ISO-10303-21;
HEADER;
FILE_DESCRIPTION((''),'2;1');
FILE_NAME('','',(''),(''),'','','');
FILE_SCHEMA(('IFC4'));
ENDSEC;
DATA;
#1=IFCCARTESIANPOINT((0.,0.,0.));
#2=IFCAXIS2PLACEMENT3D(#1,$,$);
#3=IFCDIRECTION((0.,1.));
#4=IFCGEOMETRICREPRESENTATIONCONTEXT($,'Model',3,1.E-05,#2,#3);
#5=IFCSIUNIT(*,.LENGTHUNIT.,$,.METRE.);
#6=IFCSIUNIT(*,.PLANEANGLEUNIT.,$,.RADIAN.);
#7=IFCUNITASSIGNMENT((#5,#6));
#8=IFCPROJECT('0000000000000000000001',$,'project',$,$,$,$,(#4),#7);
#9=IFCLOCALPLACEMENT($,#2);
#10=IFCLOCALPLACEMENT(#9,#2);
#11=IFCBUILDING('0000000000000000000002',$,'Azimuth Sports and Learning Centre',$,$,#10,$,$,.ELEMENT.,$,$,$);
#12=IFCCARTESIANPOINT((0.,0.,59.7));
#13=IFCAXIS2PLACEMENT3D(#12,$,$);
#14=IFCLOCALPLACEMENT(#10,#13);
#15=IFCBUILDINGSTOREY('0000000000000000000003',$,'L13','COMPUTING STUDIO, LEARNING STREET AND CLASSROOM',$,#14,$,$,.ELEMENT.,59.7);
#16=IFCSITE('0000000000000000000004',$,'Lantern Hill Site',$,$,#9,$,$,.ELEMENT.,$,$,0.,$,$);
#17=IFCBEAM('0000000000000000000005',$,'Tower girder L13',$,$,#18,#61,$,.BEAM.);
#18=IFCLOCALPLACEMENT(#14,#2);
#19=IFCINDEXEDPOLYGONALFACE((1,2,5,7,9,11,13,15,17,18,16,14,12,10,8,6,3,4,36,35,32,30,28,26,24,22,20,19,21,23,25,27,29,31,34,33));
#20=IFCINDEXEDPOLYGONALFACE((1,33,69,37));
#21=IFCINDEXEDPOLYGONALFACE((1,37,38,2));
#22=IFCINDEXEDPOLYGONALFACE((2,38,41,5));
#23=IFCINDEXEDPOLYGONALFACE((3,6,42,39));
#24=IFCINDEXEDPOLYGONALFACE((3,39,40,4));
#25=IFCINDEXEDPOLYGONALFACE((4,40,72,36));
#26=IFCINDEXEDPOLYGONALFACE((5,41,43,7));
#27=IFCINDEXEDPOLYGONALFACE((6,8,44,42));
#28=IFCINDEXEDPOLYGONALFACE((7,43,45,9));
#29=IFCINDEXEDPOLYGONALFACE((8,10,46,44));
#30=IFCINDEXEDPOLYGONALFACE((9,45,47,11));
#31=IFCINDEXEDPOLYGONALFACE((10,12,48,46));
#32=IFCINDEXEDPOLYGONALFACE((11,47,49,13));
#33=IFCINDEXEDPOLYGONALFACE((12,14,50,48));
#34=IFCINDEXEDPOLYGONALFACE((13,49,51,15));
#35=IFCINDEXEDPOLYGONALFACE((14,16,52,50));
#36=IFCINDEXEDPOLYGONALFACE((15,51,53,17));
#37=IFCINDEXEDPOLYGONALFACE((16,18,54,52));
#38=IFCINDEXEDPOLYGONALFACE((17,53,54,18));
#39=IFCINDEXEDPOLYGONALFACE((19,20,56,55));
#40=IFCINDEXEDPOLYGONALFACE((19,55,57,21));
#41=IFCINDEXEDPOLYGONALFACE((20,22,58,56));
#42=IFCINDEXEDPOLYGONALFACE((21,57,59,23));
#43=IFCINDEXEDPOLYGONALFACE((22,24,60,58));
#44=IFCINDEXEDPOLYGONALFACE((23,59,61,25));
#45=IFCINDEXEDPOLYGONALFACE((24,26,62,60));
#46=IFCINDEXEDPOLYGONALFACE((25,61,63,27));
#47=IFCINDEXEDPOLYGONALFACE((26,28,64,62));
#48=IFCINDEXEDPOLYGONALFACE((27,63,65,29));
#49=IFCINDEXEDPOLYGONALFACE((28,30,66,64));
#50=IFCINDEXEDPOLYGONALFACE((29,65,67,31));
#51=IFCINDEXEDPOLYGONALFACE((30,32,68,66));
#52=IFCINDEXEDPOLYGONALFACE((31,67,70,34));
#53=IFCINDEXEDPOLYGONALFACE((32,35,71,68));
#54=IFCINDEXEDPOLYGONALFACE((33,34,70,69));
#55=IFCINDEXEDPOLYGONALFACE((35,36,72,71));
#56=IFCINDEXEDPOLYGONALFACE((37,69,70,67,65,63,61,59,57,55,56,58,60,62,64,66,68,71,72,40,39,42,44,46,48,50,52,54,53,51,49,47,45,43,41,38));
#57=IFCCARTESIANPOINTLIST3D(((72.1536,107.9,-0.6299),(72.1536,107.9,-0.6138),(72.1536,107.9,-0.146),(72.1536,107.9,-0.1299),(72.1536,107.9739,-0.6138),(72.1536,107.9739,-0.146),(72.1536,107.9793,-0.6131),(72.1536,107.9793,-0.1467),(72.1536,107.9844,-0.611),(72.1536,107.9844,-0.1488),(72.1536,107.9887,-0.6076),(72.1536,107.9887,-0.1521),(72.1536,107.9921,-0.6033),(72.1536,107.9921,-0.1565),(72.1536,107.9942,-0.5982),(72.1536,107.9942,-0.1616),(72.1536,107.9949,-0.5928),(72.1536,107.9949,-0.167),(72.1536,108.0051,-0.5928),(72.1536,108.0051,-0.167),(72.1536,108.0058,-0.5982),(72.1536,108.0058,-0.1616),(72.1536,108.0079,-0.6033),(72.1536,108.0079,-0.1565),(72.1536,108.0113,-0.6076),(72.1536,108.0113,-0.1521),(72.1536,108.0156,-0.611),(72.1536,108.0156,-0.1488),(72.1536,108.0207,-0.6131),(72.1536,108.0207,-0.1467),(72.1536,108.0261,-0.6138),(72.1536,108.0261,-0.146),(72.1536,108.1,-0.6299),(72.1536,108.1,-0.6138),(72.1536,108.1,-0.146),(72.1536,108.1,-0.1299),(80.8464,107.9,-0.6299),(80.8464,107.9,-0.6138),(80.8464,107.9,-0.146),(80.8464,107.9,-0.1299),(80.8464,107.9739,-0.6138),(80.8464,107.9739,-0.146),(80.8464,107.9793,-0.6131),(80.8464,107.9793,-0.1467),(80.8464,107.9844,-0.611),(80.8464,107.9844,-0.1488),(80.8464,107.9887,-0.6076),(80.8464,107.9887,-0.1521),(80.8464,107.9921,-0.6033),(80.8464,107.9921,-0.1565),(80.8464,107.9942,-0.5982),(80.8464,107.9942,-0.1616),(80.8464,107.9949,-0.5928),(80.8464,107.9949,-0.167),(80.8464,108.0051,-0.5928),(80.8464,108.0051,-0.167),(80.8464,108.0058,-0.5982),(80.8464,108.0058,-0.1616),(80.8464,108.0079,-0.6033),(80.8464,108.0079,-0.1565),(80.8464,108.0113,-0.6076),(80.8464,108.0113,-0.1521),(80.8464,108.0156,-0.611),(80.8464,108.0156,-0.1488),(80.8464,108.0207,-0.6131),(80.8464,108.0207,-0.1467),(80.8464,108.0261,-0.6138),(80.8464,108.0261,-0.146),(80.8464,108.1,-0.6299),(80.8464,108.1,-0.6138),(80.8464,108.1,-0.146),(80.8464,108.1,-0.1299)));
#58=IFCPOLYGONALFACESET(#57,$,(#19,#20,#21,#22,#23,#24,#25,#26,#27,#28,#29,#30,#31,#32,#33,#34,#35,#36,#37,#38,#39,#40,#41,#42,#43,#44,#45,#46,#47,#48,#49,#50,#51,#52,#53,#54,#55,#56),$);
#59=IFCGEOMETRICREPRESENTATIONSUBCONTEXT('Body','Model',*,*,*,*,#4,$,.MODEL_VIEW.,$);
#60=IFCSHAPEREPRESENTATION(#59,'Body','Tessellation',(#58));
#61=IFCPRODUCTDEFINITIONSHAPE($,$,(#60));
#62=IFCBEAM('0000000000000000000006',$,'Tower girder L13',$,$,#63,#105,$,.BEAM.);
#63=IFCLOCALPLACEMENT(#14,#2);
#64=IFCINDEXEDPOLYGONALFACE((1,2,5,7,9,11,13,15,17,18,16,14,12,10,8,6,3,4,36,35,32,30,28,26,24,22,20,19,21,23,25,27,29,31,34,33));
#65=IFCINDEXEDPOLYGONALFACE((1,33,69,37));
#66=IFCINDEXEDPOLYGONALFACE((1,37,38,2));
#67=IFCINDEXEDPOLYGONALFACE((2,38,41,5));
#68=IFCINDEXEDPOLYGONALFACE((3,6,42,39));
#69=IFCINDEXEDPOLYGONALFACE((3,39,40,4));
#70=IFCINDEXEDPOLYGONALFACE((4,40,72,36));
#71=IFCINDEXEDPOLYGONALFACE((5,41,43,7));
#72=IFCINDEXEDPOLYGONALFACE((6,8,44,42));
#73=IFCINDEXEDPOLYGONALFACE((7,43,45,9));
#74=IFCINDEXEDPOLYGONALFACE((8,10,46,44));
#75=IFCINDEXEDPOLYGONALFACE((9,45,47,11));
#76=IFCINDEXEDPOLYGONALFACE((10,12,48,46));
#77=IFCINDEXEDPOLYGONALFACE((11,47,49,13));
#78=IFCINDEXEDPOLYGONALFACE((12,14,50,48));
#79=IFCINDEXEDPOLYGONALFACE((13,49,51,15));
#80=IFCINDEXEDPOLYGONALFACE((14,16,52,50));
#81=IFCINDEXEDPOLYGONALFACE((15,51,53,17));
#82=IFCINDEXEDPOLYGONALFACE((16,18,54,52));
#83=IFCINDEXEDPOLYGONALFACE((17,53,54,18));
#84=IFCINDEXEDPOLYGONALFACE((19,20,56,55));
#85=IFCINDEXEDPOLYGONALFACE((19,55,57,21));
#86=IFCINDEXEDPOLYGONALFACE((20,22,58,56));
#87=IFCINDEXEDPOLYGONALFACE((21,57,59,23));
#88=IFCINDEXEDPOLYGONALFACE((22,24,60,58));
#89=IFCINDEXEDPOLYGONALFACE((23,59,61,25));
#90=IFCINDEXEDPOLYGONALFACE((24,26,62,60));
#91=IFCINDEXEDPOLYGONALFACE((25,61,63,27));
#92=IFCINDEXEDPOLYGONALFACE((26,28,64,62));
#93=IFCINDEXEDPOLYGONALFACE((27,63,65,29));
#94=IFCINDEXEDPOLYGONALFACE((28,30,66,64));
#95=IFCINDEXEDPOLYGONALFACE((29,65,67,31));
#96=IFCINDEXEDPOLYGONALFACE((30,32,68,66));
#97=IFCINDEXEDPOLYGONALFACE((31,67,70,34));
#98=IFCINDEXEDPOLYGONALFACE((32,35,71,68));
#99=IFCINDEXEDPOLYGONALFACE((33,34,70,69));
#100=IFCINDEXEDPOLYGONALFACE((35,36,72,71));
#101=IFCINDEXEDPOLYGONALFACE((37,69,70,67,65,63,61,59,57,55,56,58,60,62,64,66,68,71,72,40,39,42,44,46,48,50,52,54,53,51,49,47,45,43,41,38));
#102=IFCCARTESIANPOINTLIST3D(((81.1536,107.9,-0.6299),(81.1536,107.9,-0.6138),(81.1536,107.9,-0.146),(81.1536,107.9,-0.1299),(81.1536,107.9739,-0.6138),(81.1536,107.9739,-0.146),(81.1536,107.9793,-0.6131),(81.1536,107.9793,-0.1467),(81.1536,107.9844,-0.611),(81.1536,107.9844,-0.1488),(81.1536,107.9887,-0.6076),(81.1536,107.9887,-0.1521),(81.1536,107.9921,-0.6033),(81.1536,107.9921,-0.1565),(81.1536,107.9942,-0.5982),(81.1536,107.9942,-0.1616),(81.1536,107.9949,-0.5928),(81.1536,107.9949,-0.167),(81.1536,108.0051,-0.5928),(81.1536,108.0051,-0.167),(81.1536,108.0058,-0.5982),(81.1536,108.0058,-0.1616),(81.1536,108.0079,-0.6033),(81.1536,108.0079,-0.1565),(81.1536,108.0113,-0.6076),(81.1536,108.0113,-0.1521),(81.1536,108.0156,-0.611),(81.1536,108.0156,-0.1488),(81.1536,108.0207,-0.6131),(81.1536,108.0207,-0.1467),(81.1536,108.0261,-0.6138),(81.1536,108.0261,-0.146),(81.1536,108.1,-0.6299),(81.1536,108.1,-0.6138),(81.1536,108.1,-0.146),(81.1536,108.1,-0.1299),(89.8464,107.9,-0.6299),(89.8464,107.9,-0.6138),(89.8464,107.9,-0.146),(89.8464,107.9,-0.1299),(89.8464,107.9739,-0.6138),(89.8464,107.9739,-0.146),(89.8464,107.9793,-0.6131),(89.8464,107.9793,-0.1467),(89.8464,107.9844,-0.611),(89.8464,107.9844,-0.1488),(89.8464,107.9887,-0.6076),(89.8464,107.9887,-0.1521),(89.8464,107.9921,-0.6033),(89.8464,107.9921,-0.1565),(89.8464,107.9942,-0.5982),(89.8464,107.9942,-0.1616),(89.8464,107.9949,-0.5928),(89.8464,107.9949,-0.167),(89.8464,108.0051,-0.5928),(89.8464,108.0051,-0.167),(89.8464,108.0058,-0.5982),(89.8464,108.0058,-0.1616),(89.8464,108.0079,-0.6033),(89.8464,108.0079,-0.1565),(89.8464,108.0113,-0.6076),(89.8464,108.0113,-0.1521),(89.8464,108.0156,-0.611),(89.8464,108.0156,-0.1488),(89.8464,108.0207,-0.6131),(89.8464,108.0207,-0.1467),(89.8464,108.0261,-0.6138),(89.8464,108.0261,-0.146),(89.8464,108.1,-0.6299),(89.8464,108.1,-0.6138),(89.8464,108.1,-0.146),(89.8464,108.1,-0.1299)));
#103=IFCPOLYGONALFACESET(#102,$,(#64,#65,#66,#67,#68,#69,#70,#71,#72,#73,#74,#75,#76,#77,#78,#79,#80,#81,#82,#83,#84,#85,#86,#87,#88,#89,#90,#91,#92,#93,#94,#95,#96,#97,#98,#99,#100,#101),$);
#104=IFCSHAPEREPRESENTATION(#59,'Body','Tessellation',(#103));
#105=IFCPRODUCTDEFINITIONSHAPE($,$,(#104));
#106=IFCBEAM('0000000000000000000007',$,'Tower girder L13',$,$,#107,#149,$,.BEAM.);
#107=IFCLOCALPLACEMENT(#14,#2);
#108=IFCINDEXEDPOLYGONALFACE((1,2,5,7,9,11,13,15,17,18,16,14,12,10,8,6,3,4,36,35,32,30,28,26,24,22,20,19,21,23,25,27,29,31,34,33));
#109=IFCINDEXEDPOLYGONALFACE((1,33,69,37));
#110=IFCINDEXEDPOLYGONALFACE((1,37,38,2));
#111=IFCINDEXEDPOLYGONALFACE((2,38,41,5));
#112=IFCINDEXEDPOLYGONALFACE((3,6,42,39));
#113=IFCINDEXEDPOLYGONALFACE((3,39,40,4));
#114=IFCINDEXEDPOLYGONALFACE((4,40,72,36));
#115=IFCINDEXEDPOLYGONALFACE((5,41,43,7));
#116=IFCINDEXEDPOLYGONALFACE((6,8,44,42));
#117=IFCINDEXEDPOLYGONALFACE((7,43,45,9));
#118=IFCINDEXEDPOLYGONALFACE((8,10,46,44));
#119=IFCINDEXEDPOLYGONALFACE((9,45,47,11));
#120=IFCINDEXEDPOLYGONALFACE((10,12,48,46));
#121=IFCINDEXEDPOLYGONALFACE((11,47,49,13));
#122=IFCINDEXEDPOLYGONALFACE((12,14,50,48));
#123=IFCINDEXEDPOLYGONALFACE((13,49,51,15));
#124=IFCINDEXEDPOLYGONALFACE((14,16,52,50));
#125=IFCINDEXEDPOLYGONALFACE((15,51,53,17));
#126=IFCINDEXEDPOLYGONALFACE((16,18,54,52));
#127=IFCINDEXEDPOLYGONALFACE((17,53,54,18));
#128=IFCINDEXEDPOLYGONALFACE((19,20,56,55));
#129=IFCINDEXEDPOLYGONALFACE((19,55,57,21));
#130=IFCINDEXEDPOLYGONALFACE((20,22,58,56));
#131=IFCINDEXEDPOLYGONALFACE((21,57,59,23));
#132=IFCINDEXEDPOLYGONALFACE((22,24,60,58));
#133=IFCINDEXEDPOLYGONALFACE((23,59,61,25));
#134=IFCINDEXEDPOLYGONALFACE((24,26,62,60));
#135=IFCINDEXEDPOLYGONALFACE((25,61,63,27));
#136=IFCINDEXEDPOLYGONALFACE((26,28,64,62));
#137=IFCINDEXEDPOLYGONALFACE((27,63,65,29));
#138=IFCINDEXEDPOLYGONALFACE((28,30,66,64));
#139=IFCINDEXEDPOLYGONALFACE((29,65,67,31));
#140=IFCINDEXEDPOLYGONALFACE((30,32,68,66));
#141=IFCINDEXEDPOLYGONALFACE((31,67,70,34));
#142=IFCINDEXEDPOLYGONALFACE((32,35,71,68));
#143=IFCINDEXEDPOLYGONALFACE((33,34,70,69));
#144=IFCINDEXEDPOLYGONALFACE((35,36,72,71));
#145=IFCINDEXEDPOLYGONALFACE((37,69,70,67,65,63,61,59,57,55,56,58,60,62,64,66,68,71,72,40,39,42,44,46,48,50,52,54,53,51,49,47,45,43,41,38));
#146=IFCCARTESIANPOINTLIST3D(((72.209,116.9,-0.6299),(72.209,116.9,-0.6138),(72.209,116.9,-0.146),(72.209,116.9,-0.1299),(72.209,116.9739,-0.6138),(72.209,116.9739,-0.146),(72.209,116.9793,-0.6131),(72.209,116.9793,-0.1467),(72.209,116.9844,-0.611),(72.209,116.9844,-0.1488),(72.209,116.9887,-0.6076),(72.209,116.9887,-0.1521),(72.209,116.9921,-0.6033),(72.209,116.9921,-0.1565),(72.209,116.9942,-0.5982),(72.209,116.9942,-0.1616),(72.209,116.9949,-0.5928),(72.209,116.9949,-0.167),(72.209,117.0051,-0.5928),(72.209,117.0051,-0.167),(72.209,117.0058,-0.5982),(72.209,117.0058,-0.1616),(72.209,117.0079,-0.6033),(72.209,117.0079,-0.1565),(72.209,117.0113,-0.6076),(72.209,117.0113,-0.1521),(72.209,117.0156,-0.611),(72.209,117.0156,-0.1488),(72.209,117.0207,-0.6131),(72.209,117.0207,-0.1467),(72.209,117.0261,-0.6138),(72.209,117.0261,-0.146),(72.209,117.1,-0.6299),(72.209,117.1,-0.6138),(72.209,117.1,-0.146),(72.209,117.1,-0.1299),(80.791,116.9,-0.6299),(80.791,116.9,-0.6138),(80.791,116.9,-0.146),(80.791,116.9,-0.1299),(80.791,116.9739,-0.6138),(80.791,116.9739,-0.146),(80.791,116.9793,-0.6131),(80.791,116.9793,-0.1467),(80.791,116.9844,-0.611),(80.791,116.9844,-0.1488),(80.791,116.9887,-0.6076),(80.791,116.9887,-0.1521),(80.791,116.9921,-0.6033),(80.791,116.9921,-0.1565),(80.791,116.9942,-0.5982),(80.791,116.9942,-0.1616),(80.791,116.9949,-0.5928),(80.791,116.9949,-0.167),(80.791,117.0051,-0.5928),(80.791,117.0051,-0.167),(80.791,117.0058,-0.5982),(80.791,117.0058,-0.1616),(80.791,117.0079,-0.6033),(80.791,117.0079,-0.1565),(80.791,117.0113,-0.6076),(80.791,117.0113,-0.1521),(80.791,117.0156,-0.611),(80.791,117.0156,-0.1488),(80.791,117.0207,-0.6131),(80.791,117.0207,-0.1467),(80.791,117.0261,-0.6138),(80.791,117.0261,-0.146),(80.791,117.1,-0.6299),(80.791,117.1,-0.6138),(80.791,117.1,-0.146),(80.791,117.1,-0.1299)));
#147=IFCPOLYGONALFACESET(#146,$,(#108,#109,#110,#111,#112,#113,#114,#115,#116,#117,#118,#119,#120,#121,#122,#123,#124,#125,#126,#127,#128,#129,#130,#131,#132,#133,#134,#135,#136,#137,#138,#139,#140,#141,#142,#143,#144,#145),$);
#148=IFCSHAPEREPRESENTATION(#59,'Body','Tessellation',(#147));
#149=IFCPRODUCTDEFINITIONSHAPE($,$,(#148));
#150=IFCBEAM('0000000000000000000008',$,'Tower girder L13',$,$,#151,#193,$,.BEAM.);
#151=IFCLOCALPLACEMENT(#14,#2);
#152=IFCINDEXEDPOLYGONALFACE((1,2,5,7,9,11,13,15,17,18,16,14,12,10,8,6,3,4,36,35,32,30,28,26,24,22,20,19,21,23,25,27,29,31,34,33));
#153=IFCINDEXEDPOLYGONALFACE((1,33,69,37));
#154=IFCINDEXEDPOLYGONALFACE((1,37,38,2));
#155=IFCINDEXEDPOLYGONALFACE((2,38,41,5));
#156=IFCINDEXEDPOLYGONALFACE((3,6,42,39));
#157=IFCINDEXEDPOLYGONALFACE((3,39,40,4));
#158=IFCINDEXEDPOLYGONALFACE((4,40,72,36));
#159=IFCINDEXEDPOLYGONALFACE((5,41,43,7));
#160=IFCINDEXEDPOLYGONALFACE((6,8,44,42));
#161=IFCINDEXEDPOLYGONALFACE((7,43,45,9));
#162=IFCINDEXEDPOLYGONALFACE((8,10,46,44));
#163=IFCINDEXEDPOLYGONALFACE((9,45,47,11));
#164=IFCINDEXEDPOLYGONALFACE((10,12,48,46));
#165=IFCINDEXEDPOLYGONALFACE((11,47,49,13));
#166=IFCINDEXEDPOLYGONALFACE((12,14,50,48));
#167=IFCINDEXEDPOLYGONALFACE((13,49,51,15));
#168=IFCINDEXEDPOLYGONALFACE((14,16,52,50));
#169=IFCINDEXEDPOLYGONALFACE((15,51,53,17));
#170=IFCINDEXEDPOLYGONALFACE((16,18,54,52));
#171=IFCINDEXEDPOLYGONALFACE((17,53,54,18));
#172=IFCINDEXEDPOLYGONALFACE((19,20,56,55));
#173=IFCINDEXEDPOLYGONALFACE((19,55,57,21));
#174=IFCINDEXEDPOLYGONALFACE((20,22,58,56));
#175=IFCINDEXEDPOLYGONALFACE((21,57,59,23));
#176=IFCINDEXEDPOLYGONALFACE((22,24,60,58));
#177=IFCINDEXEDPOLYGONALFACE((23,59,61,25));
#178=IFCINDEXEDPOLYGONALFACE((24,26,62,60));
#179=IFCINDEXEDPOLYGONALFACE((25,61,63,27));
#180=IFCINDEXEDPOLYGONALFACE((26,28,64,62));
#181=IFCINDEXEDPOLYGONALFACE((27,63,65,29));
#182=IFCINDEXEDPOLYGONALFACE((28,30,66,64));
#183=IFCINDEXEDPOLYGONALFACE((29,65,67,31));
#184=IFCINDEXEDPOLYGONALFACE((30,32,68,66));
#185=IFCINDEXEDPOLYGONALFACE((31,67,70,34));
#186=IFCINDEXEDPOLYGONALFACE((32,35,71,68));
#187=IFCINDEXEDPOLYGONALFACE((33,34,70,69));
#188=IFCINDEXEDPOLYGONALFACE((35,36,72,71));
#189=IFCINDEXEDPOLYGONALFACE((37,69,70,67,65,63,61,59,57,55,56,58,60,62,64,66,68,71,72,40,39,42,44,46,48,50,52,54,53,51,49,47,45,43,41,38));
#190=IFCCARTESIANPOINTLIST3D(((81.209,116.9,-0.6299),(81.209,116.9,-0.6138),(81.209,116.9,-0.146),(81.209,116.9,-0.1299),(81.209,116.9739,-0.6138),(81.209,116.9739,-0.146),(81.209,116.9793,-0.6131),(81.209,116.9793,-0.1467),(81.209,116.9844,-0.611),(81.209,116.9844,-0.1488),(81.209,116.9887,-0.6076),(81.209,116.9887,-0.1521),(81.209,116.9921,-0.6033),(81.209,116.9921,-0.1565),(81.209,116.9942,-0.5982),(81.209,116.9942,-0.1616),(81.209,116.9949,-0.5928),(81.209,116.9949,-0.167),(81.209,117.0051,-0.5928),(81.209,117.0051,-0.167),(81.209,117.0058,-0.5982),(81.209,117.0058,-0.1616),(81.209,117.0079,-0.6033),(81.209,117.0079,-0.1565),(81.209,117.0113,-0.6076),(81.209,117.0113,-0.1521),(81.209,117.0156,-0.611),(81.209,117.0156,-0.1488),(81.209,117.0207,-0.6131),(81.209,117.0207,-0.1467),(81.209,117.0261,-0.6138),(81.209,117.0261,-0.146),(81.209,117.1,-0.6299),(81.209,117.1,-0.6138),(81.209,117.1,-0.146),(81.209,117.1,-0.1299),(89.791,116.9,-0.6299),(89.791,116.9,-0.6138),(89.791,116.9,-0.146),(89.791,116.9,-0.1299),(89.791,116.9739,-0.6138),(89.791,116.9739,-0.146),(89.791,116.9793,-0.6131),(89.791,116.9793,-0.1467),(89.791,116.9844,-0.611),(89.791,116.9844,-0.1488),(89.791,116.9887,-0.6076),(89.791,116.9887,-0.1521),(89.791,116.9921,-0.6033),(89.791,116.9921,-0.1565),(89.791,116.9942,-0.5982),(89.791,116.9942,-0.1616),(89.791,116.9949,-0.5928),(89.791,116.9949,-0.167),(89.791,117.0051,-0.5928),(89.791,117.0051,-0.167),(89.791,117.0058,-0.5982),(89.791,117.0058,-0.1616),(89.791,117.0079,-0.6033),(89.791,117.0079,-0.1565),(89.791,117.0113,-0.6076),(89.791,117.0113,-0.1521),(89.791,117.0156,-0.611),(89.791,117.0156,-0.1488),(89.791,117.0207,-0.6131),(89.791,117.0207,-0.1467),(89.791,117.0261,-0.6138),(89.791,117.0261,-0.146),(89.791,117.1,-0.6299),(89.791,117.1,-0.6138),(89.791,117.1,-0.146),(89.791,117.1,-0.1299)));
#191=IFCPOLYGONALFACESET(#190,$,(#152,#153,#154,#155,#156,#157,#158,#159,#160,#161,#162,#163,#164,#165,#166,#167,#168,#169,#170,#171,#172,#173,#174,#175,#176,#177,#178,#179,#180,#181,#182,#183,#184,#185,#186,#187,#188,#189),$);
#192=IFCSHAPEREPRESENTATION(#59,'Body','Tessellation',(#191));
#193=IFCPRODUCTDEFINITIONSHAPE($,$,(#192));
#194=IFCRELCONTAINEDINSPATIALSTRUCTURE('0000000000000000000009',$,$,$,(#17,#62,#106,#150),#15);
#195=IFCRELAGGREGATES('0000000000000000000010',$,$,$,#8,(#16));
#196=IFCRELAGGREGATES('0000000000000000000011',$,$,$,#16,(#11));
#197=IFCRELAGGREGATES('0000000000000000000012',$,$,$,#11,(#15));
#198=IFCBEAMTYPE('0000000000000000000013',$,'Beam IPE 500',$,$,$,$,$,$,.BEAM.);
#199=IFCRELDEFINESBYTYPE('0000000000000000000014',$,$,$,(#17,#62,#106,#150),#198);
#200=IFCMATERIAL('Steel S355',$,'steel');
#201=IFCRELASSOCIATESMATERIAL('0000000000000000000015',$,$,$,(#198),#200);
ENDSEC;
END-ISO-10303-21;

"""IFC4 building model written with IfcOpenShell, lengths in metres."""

from ifc_helpers import new_model, si_unit, direction, frame, origin, origin_2d, place, context, subcontext, project, spatial, i_section, extrude, material, material_profile, profile_set, type_object, element, save


model = new_model("IFC4")

# Units and contexts
model_context = context("Model", 3, precision=1e-05, world=origin(), true_north=direction((0.0, 1.0)))
body_context = subcontext(model_context, "Body", "Model", "MODEL_VIEW")
ifc_project = project(units=[si_unit("LENGTHUNIT", "METRE"), si_unit("PLANEANGLEUNIT", "RADIAN")], contexts=[model_context])

# Site, building, storey
site_placement = place(None, origin())
site = spatial("IfcSite", under=ifc_project, at=site_placement, Name="Lantern Hill Site", CompositionType="ELEMENT", RefElevation=0.0)
building_placement = place(site_placement, origin())
building = spatial("IfcBuilding", under=site, at=building_placement, Name="Azimuth Sports and Learning Centre", CompositionType="ELEMENT")
storey_placement = place(building_placement, frame((0.0, 0.0, 59.7)))
storey = spatial("IfcBuildingStorey", under=building, at=storey_placement, Name="L13", Description="COMPUTING STUDIO, LEARNING STREET AND CLASSROOM", CompositionType="ELEMENT", Elevation=59.7)

# Beams
ifc_material_1 = material(Name="Steel S355", Category="steel")
ifc_material_profile_1 = material_profile(ifc_material_1, i_section(OverallWidth=0.2, OverallDepth=0.5, WebThickness=0.0103, FlangeThickness=0.0161, FilletRadius=0.021, at=origin_2d()), Name="IPE 500")
ifc_profile_set_1 = profile_set([ifc_material_profile_1], Name="Steel S355")
beam_type_1 = type_object("IfcBeamType", Name="Beam IPE 500", PredefinedType="BEAM", material=ifc_profile_set_1)
for number, where, z_axis, x_axis, name in (
    (1, (72.1536, 108.0, -0.3799), (1.0, 0.0, 0.0), (0.0, 1.0, 0.0), "Tower girder L13"),
    (2, (81.1536, 108.0, -0.3799), (1.0, 0.0, 0.0), (0.0, 1.0, 0.0), "Tower girder L13"),
):
    element("IfcBeam", number, at=place(storey_placement, frame(where, z_axis=z_axis, x_axis=x_axis)), inside=storey, type_object=beam_type_1, Name=name, PredefinedType="BEAM", context=body_context, shape_type="SweptSolid", body=[
        extrude(i_section(OverallWidth=0.2, OverallDepth=0.5, WebThickness=0.0103, FlangeThickness=0.0161, FilletRadius=0.021, at=origin_2d()), origin(), (0.0, 0.0, 1.0), 8.6929),
    ])
for number, where, z_axis, x_axis, name in (
    (3, (72.209, 117.0, -0.3799), (1.0, 0.0, 0.0), (0.0, 1.0, 0.0), "Tower girder L13"),
    (4, (81.209, 117.0, -0.3799), (1.0, 0.0, 0.0), (0.0, 1.0, 0.0), "Tower girder L13"),
):
    element("IfcBeam", number, at=place(storey_placement, frame(where, z_axis=z_axis, x_axis=x_axis)), inside=storey, type_object=beam_type_1, Name=name, PredefinedType="BEAM", context=body_context, shape_type="SweptSolid", body=[
        extrude(i_section(OverallWidth=0.2, OverallDepth=0.5, WebThickness=0.0103, FlangeThickness=0.0161, FilletRadius=0.021, at=origin_2d()), origin(), (0.0, 0.0, 1.0), 8.582),
    ])

save(model, "model.ifc")
